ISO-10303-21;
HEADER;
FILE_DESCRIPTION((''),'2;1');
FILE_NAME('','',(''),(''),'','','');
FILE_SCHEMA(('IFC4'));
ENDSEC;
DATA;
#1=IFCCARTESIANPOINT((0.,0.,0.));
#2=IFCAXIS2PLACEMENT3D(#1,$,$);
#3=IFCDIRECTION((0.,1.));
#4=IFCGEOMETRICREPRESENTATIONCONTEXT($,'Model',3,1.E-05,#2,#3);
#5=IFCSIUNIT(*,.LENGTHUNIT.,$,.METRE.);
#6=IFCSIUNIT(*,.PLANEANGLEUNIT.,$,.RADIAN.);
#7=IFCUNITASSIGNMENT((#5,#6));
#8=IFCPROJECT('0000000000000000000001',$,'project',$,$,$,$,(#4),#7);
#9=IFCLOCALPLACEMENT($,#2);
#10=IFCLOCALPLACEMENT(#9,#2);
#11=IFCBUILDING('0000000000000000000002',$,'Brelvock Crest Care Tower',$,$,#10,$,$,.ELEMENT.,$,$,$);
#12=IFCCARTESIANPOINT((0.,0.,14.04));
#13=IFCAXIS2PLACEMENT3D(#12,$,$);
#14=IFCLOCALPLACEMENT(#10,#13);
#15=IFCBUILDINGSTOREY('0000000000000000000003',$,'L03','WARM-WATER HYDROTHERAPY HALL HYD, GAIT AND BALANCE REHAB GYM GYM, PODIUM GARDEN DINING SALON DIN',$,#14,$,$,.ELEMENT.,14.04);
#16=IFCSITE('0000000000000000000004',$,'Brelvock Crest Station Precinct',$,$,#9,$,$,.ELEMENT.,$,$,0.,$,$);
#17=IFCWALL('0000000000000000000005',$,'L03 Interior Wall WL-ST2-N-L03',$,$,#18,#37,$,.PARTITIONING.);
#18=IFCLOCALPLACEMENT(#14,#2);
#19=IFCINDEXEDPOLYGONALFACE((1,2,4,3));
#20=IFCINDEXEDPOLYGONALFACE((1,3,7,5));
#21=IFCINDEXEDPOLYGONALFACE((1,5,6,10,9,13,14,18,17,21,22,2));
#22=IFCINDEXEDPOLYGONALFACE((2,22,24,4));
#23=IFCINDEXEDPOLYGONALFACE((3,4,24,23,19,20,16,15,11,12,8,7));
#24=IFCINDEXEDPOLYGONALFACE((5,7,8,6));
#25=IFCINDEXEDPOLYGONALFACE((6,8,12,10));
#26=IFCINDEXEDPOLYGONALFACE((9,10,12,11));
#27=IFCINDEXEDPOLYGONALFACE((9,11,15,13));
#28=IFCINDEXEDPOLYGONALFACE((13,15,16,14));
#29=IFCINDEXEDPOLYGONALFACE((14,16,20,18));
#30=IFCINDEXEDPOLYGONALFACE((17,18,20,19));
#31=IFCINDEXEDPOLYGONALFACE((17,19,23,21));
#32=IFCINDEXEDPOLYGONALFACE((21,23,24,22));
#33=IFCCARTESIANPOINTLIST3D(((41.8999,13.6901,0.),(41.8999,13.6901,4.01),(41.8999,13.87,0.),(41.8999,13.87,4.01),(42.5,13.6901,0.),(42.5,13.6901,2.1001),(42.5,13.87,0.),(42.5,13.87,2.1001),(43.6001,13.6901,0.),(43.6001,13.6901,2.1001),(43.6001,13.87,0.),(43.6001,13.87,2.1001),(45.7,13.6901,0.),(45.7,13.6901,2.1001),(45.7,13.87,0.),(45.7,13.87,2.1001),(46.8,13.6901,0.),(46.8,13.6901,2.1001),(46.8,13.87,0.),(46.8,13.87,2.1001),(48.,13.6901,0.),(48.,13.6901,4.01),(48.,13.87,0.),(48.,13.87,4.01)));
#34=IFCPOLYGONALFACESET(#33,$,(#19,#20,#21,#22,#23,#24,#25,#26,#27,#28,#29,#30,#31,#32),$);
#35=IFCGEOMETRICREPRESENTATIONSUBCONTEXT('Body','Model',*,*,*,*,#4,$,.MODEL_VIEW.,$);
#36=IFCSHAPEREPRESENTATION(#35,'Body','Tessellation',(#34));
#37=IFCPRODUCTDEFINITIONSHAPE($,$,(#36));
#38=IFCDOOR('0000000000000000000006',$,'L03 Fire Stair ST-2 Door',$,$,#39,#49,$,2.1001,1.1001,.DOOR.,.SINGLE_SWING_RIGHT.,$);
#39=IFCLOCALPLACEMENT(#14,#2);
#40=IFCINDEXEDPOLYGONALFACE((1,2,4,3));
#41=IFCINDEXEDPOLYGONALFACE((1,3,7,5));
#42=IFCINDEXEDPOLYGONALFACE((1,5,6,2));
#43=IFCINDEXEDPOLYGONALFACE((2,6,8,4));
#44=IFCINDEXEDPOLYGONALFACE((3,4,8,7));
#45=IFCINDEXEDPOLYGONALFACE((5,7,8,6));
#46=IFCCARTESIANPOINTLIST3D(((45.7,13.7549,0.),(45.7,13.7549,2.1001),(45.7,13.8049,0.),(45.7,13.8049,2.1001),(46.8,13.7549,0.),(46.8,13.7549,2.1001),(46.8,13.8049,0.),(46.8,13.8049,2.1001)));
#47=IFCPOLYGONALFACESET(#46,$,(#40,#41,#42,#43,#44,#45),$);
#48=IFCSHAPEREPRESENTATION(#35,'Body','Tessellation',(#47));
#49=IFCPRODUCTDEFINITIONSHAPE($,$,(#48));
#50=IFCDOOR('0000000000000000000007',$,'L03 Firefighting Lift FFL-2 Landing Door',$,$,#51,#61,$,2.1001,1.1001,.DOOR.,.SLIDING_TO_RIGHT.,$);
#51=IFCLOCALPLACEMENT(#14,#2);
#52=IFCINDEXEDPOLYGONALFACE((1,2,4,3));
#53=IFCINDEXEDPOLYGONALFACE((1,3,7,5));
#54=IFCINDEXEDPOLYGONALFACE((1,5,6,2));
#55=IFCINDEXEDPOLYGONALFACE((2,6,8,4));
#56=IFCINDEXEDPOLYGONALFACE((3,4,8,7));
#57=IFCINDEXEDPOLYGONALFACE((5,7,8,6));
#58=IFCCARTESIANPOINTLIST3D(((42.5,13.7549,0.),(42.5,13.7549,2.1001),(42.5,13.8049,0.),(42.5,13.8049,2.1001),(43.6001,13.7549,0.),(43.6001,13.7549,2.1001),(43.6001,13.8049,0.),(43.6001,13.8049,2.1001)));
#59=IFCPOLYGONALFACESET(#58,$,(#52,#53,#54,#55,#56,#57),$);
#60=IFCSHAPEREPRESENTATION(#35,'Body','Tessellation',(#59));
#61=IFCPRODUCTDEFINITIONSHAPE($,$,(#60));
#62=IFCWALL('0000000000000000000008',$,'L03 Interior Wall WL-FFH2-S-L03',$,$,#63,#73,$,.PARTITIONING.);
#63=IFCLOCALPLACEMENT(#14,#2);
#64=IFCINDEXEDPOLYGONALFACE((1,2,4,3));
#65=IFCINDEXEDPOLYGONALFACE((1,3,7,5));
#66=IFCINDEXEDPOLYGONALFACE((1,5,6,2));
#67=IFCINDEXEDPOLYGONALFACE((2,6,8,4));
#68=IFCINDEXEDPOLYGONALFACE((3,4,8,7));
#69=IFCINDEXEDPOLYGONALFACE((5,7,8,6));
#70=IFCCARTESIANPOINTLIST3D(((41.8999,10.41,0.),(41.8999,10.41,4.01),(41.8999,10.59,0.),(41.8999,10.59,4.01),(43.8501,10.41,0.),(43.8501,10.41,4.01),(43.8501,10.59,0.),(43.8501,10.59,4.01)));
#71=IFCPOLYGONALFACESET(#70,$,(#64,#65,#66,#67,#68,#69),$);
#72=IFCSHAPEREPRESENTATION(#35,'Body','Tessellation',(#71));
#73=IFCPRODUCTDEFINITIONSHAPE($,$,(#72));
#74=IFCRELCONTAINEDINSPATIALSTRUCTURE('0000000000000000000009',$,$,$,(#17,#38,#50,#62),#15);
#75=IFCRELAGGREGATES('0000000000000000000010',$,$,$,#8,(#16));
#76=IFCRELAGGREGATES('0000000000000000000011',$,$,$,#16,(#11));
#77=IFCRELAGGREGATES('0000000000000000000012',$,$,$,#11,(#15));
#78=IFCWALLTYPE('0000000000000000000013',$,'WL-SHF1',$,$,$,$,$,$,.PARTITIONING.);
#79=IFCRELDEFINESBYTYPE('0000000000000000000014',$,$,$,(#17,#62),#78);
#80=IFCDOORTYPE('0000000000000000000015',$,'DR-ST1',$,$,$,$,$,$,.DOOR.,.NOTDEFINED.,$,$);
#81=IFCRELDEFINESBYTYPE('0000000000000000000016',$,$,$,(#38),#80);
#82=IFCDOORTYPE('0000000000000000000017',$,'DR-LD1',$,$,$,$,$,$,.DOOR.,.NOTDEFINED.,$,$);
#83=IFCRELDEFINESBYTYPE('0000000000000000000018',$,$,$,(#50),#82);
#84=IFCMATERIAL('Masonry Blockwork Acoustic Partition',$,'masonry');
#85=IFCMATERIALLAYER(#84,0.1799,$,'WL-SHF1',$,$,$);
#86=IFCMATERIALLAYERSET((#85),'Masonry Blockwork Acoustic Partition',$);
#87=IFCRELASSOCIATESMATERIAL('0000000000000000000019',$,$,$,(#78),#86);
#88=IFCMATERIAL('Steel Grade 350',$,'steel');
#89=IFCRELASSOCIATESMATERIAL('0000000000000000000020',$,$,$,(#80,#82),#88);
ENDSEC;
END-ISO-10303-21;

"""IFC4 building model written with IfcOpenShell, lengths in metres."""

from ifc_helpers import new_model, si_unit, direction, frame, frame_2d, origin, origin_2d, place, context, subcontext, project, spatial, rectangle, extrude, source, transform, mapped, material, layer, layer_set, type_object, element, fill, save


model = new_model("IFC4")

# Units and contexts
model_context = context("Model", 3, precision=1e-05, world=origin(), true_north=direction((0.0, 1.0)))
body_context = subcontext(model_context, "Body", "Model", "MODEL_VIEW")
ifc_project = project(units=[si_unit("LENGTHUNIT", "METRE"), si_unit("PLANEANGLEUNIT", "RADIAN")], contexts=[model_context])

# Site, building, storey
site_placement = place(None, origin())
site = spatial("IfcSite", under=ifc_project, at=site_placement, Name="Brelvock Crest Station Precinct", CompositionType="ELEMENT", RefElevation=0.0)
building_placement = place(site_placement, origin())
building = spatial("IfcBuilding", under=site, at=building_placement, Name="Brelvock Crest Care Tower", CompositionType="ELEMENT")
storey_placement = place(building_placement, frame((0.0, 0.0, 14.04)))
storey = spatial("IfcBuildingStorey", under=building, at=storey_placement, Name="L03", Description="WARM-WATER HYDROTHERAPY HALL HYD, GAIT AND BALANCE REHAB GYM GYM, PODIUM GARDEN DINING SALON DIN", CompositionType="ELEMENT", Elevation=14.04)

# Shared definitions
ifc_material_1 = material(Name="Steel Grade 350", Category="steel")

# Shared definitions
ifc_material_2 = material(Name="Masonry Blockwork Acoustic Partition", Category="masonry")

# Shared definitions
ifc_layer_1 = layer(ifc_material_2, 0.1799, Name="WL-SHF1")
ifc_layer_set_1 = layer_set([ifc_layer_1], Name="Masonry Blockwork Acoustic Partition")
wall_type_1 = type_object("IfcWallType", Name="WL-SHF1", PredefinedType="PARTITIONING", material=ifc_layer_set_1)

# Wall, openings, doors
wall_1_placement = place(storey_placement, frame((41.8999, 13.78, 0.0), z_axis=(0.0, 0.0, 1.0), x_axis=(1.0, 0.0, 0.0)))
wall_1 = element("IfcWall", 1, at=wall_1_placement, inside=storey, type_object=wall_type_1, Name="L03 Interior Wall WL-ST2-N-L03", PredefinedType="PARTITIONING", context=body_context, shape_type="SweptSolid", body=[
    extrude(rectangle(XDim=6.1001, YDim=0.1799, at=frame_2d((3.05, 0.0))), origin(), (0.0, 0.0, 1.0), 4.01),
])
opening_1_placement = place(wall_1_placement, frame((0.6001, 0.0, 0.0)))
opening_1 = element("IfcOpeningElement", 2, at=opening_1_placement, cuts=wall_1, PredefinedType="OPENING", context=body_context, shape_type="SweptSolid", body=[
    extrude(rectangle(XDim=1.1001, YDim=2.1001, at=origin_2d()), frame((0.55, 0.1001, 1.05), z_axis=(0.0, -1.0, 0.0), x_axis=(1.0, 0.0, 0.0)), (0.0, 0.0, 1.0), 0.2),
])
opening_2_placement = place(wall_1_placement, frame((3.8, 0.0, 0.0)))
opening_2 = element("IfcOpeningElement", 3, at=opening_2_placement, cuts=wall_1, PredefinedType="OPENING", context=body_context, shape_type="SweptSolid", body=[
    extrude(rectangle(XDim=1.1001, YDim=2.1001, at=origin_2d()), frame((0.55, 0.1001, 1.05), z_axis=(0.0, -1.0, 0.0), x_axis=(1.0, 0.0, 0.0)), (0.0, 0.0, 1.0), 0.2),
])
door_type_1 = type_object("IfcDoorType", Name="DR-ST1", OperationType="NOTDEFINED", PredefinedType="DOOR", material=ifc_material_1)
shared_shape_1 = source(origin(), body_context, "Body", "SweptSolid", [
    extrude(rectangle(XDim=1.1001, YDim=2.1001, at=origin_2d()), frame((0.55, 0.0249, 1.05), z_axis=(0.0, -1.0, 0.0), x_axis=(1.0, 0.0, 0.0)), (0.0, 0.0, 1.0), 0.05),
])
door_1_placement = place(opening_2_placement, origin())
door_1 = element("IfcDoor", 4, at=door_1_placement, inside=storey, type_object=door_type_1, Name="L03 Fire Stair ST-2 Door", OperationType="SINGLE_SWING_RIGHT", OverallHeight=2.1001, OverallWidth=1.1001, PredefinedType="DOOR", context=body_context, shape_type="MappedRepresentation", body=[
    mapped(shared_shape_1, transform((0.0, 0.0, 0.0), x_axis=(1.0, 0.0, 0.0), y_axis=(0.0, 1.0, 0.0), z_axis=(0.0, 0.0, 1.0), scale=1.0)),
])
fill(opening_2, door_1)
door_type_2 = type_object("IfcDoorType", Name="DR-LD1", OperationType="NOTDEFINED", PredefinedType="DOOR", material=ifc_material_1)
shared_shape_2 = source(origin(), body_context, "Body", "SweptSolid", [
    extrude(rectangle(XDim=1.1001, YDim=2.1001, at=origin_2d()), frame((0.55, 0.0249, 1.05), z_axis=(0.0, -1.0, 0.0), x_axis=(1.0, 0.0, 0.0)), (0.0, 0.0, 1.0), 0.05),
])
door_2_placement = place(opening_1_placement, origin())
door_2 = element("IfcDoor", 5, at=door_2_placement, inside=storey, type_object=door_type_2, Name="L03 Firefighting Lift FFL-2 Landing Door", OperationType="SLIDING_TO_RIGHT", OverallHeight=2.1001, OverallWidth=1.1001, PredefinedType="DOOR", context=body_context, shape_type="MappedRepresentation", body=[
    mapped(shared_shape_2, transform((0.0, 0.0, 0.0), x_axis=(1.0, 0.0, 0.0), y_axis=(0.0, 1.0, 0.0), z_axis=(0.0, 0.0, 1.0), scale=1.0)),
])
fill(opening_1, door_2)

# Wall
wall_2_placement = place(storey_placement, frame((41.8999, 10.5, 0.0), z_axis=(0.0, 0.0, 1.0), x_axis=(1.0, 0.0, 0.0)))
element("IfcWall", 6, at=wall_2_placement, inside=storey, type_object=wall_type_1, Name="L03 Interior Wall WL-FFH2-S-L03", PredefinedType="PARTITIONING", context=body_context, shape_type="SweptSolid", body=[
    extrude(rectangle(XDim=1.9502, YDim=0.1799, at=frame_2d((0.9751, 0.0))), origin(), (0.0, 0.0, 1.0), 4.01),
])

save(model, "model.ifc")
